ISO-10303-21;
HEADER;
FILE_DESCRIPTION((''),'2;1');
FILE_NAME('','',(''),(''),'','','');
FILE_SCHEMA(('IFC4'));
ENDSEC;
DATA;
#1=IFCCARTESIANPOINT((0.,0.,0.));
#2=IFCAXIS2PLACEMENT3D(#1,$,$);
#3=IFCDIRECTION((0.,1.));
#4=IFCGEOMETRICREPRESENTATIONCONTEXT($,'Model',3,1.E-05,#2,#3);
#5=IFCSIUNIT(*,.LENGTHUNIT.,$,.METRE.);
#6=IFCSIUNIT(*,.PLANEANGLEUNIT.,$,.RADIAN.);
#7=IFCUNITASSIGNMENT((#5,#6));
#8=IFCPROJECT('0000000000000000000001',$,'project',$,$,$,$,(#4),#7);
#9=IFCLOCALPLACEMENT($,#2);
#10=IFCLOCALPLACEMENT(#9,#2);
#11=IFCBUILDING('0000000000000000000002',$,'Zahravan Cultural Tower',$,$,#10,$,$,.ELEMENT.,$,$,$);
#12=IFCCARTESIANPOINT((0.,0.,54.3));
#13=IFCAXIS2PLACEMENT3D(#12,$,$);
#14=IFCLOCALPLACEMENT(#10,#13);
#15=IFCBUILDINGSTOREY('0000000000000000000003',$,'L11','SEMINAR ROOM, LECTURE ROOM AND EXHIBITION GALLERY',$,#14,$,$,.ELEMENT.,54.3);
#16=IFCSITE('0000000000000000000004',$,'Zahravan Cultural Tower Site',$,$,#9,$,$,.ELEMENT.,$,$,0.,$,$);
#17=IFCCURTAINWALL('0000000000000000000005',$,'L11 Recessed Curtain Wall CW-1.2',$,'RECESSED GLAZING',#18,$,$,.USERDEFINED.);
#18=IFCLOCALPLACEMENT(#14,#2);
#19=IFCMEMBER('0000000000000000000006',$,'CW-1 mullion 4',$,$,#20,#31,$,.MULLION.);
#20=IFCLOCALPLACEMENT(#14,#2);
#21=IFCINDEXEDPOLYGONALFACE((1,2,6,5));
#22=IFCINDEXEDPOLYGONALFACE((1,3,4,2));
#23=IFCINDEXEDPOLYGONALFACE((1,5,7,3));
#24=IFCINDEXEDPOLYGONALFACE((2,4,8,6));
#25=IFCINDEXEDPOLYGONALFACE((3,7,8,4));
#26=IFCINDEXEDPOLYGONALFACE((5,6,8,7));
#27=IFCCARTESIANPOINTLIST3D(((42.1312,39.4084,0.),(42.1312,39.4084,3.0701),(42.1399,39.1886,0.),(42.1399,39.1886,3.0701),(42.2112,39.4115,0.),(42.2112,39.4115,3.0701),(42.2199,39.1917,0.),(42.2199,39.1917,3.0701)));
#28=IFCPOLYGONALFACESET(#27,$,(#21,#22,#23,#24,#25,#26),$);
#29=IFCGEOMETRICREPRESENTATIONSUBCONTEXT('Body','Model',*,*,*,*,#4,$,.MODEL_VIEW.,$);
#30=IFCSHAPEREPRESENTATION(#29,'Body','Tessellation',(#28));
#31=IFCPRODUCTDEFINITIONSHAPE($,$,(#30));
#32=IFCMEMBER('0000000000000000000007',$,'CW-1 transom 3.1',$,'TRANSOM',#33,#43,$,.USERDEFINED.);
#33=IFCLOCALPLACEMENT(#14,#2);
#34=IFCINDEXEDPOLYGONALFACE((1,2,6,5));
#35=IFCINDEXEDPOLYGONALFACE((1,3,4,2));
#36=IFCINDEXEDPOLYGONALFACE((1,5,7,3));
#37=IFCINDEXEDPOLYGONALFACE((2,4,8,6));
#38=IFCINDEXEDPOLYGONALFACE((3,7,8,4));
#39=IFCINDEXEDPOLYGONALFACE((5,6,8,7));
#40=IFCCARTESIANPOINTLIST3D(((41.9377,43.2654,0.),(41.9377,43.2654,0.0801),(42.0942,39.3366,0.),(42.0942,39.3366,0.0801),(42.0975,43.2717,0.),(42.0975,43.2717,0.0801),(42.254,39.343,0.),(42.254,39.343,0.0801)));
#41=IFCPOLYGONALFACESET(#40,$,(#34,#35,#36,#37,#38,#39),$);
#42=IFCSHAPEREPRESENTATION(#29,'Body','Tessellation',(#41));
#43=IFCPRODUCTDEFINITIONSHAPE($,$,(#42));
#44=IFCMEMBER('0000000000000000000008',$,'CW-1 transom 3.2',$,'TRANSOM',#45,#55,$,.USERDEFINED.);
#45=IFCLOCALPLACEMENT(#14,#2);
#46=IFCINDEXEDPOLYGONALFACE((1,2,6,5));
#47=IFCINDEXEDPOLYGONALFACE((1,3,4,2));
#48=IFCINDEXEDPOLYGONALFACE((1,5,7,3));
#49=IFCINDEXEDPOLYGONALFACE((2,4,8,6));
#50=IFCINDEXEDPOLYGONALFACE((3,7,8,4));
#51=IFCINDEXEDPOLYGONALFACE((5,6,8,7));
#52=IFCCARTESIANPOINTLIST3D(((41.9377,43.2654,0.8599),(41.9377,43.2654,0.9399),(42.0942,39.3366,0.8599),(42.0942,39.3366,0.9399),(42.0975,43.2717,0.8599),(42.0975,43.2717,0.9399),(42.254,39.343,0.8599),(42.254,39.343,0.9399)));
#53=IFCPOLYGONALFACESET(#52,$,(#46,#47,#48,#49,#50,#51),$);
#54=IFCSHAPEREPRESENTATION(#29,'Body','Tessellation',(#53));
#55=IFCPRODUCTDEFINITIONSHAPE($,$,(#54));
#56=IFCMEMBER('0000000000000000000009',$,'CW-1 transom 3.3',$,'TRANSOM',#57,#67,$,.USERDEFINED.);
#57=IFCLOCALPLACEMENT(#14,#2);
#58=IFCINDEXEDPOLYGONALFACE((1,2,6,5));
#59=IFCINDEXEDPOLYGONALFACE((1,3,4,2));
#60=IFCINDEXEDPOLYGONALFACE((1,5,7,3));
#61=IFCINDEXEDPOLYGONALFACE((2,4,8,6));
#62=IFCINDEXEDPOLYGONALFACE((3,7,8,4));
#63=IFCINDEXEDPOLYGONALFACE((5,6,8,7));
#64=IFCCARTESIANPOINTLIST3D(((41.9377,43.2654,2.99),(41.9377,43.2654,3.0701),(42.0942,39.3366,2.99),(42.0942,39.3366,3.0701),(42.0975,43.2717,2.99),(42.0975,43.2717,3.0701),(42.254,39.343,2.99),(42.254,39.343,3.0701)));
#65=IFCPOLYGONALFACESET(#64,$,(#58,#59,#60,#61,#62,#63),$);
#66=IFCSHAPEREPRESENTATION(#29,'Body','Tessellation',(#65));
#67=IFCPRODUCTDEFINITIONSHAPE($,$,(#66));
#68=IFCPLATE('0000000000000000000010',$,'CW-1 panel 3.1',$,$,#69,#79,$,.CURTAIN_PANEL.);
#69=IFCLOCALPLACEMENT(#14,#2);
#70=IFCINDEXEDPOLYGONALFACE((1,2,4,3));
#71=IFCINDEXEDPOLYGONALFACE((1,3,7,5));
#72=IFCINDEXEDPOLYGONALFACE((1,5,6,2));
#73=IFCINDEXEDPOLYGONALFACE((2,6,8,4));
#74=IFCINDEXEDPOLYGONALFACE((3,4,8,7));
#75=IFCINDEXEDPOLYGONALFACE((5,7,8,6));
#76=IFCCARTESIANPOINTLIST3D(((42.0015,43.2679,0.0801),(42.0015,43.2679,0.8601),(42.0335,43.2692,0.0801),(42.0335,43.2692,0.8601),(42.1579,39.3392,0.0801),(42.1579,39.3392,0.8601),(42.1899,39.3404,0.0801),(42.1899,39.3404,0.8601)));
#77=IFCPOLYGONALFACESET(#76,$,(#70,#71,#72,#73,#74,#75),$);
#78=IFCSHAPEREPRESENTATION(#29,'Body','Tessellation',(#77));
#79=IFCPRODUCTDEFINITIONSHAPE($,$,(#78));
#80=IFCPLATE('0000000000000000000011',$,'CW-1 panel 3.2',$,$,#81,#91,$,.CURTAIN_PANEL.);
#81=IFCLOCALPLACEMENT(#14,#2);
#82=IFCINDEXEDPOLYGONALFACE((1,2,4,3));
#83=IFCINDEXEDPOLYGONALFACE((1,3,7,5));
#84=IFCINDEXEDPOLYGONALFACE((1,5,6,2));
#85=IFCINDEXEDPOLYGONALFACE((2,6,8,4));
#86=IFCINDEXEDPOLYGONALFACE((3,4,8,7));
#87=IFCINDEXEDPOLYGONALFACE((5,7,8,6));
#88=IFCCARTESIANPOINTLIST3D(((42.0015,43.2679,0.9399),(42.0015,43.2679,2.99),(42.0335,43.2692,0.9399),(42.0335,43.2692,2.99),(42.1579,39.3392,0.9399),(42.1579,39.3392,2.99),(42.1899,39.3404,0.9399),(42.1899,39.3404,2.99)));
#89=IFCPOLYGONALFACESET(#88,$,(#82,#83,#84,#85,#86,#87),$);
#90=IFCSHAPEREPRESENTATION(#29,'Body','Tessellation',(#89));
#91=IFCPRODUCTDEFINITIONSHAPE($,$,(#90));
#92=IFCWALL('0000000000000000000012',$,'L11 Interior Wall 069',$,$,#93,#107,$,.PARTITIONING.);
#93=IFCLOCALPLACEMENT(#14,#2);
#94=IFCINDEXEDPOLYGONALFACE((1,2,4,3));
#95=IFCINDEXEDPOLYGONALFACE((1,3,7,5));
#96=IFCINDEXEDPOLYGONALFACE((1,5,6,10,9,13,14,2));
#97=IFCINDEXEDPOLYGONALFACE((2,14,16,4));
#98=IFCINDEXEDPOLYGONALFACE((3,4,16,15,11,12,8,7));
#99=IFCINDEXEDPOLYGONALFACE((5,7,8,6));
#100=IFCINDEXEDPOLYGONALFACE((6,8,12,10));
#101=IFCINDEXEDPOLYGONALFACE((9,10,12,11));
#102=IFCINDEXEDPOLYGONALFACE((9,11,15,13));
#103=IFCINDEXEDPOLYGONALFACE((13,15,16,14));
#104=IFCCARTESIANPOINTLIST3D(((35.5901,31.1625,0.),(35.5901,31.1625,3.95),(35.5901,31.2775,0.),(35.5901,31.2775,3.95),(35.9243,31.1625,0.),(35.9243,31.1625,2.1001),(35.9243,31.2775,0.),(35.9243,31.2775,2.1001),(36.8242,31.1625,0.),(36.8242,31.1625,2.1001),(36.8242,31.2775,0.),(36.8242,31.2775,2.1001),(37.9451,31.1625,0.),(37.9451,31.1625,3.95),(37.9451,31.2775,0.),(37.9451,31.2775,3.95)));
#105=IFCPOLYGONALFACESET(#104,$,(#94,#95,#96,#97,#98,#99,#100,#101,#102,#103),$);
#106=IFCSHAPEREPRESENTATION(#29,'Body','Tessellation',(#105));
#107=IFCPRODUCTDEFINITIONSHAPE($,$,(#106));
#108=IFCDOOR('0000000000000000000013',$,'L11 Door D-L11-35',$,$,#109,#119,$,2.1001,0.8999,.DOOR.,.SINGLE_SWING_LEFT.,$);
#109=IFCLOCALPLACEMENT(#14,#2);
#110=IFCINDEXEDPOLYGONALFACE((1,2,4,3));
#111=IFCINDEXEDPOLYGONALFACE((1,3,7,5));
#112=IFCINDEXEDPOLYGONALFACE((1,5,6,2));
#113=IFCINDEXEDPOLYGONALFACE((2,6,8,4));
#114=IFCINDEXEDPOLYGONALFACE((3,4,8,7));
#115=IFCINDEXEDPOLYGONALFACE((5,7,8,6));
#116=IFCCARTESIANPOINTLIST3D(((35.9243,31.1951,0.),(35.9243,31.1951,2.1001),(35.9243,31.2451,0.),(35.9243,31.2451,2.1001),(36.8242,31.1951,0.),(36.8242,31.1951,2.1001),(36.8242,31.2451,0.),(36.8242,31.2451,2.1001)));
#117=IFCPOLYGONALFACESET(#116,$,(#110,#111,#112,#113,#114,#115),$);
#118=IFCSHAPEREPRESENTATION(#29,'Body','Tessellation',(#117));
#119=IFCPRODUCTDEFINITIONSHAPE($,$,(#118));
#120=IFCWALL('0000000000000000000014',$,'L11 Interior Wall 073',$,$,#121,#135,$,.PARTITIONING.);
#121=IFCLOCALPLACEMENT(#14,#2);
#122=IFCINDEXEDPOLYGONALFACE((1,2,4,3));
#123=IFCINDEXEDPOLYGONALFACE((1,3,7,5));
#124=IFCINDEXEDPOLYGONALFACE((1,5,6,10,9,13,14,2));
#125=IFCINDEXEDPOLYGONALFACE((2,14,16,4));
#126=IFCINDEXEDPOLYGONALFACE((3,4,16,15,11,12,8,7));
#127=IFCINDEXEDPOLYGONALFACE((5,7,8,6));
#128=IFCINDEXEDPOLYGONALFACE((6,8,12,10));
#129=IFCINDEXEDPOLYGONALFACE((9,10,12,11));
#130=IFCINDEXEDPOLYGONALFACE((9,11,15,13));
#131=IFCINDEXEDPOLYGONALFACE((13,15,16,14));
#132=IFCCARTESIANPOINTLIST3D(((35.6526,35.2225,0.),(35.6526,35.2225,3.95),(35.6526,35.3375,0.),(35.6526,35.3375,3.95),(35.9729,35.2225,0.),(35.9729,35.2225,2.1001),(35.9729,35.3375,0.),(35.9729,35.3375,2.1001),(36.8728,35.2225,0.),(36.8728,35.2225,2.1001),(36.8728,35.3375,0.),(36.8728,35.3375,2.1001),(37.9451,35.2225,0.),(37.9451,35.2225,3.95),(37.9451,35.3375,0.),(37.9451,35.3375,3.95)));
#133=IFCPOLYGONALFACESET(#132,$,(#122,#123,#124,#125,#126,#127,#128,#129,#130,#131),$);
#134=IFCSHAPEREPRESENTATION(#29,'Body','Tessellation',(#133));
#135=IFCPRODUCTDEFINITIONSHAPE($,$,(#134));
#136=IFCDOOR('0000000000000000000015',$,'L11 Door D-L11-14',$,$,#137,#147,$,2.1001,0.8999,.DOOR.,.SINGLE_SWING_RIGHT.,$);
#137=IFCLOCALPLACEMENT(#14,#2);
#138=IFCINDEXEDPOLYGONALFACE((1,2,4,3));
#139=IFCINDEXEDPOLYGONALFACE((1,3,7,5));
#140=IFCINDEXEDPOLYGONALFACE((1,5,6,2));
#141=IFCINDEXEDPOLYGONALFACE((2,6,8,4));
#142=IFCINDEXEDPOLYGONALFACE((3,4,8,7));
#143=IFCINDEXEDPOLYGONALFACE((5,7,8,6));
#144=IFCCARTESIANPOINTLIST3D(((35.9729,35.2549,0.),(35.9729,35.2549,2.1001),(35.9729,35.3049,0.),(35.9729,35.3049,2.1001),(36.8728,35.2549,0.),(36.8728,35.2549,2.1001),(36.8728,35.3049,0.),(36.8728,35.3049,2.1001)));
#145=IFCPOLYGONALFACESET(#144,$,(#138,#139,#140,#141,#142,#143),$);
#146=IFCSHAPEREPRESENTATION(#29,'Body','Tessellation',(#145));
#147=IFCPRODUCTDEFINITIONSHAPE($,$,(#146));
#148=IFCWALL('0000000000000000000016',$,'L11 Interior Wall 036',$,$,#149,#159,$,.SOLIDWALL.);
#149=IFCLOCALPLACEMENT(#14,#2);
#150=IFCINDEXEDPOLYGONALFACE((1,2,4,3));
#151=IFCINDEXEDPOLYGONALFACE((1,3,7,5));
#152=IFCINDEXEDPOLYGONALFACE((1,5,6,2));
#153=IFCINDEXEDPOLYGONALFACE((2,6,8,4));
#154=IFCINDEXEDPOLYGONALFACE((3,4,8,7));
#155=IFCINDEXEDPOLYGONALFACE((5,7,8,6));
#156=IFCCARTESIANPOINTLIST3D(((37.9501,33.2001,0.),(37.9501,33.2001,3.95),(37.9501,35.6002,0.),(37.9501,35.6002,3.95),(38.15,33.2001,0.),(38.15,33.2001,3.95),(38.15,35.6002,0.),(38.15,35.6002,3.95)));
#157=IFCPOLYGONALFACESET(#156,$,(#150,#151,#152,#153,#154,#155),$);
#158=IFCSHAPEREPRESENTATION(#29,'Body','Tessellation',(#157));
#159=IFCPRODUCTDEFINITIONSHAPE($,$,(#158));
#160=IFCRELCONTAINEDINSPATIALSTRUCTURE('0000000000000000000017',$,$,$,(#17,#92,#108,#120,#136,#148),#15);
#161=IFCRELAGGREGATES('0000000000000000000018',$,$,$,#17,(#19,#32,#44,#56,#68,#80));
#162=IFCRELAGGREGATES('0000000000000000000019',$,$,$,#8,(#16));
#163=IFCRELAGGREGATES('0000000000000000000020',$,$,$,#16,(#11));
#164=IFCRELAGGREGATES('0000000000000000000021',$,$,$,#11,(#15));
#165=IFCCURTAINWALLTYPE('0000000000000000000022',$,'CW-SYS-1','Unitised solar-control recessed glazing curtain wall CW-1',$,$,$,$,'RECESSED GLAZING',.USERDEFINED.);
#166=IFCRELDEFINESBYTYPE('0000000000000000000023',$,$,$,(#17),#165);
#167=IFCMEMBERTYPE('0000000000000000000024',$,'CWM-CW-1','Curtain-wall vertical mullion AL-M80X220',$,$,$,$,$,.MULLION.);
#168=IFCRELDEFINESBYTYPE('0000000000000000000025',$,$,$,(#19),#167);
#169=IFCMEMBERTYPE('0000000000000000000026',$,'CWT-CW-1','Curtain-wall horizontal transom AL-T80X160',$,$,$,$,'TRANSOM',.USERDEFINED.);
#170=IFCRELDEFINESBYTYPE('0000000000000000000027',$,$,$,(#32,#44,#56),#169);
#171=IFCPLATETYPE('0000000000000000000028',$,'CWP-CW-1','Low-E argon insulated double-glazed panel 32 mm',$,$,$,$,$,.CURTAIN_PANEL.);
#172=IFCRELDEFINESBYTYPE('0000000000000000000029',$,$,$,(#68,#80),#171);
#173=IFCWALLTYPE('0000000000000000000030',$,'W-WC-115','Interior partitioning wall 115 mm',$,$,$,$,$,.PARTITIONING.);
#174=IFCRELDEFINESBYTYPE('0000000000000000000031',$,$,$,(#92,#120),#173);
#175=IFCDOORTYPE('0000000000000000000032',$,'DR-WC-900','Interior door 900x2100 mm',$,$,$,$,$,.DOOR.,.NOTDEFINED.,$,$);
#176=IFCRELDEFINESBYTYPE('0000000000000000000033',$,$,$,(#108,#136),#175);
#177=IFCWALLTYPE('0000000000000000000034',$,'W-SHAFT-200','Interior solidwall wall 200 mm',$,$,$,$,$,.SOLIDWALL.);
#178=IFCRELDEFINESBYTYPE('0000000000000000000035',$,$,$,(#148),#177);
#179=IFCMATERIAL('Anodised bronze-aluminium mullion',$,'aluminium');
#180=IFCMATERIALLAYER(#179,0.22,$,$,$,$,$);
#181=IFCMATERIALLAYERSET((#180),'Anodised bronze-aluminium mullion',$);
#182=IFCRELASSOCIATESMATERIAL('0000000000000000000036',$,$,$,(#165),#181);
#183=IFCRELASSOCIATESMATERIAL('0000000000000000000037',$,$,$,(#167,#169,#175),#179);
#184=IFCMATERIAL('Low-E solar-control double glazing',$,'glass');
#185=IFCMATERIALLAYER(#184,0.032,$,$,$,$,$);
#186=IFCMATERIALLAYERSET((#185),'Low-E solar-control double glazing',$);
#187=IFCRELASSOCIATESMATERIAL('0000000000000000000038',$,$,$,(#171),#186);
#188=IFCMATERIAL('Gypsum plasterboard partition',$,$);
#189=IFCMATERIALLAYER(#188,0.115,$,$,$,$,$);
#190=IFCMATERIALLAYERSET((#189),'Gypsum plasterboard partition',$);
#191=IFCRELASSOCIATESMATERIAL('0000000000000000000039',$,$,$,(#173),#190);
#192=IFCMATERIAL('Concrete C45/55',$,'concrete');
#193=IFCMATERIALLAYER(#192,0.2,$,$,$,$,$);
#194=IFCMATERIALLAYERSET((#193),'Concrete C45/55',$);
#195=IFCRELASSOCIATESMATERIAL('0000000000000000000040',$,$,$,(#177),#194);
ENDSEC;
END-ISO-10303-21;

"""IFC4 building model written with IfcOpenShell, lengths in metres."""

from ifc_helpers import new_model, si_unit, direction, frame, frame_2d, origin, origin_2d, place, context, subcontext, project, spatial, rectangle, extrude, source, transform, mapped, material, layer, layer_set, material_profile, profile_set, type_object, element, fill, aggregate, save


model = new_model("IFC4")

# Units and contexts
model_context = context("Model", 3, precision=1e-05, world=origin(), true_north=direction((0.0, 1.0)))
body_context = subcontext(model_context, "Body", "Model", "MODEL_VIEW")
ifc_project = project(units=[si_unit("LENGTHUNIT", "METRE"), si_unit("PLANEANGLEUNIT", "RADIAN")], contexts=[model_context])

# Site, building, storey
site_placement = place(None, origin())
site = spatial("IfcSite", under=ifc_project, at=site_placement, Name="Zahravan Cultural Tower Site", CompositionType="ELEMENT", RefElevation=0.0)
building_placement = place(site_placement, origin())
building = spatial("IfcBuilding", under=site, at=building_placement, Name="Zahravan Cultural Tower", CompositionType="ELEMENT")
storey_placement = place(building_placement, frame((0.0, 0.0, 54.3)))
storey = spatial("IfcBuildingStorey", under=building, at=storey_placement, Name="L11", Description="SEMINAR ROOM, LECTURE ROOM AND EXHIBITION GALLERY", CompositionType="ELEMENT", Elevation=54.3)

# Curtain wall, members, plates
ifc_material_1 = material(Name="Anodised bronze-aluminium mullion", Category="aluminium")
ifc_layer_1 = layer(ifc_material_1, 0.22)
ifc_layer_set_1 = layer_set([ifc_layer_1], Name="Anodised bronze-aluminium mullion")
curtain_wall_type = type_object("IfcCurtainWallType", Name="CW-SYS-1", Description="Unitised solar-control recessed glazing curtain wall CW-1", ElementType="RECESSED GLAZING", PredefinedType="USERDEFINED", material=ifc_layer_set_1)
curtain_wall_placement = place(storey_placement, origin())
curtain_wall = element("IfcCurtainWall", 1, at=curtain_wall_placement, inside=storey, type_object=curtain_wall_type, Name="L11 Recessed Curtain Wall CW-1.2", ObjectType="RECESSED GLAZING", PredefinedType="USERDEFINED")
ifc_material_profile_1 = material_profile(ifc_material_1, rectangle(XDim=0.0801, YDim=0.22, at=origin_2d()), Name="AL-M80X220")
ifc_profile_set_1 = profile_set([ifc_material_profile_1], Name="Anodised bronze-aluminium mullion")
member_type_1 = type_object("IfcMemberType", Name="CWM-CW-1", Description="Curtain-wall vertical mullion AL-M80X220", PredefinedType="MULLION", material=ifc_profile_set_1)
shared_shape_1 = source(origin(), body_context, "Body", "SweptSolid", [
    extrude(rectangle(XDim=0.0801, YDim=0.22, at=origin_2d()), origin(), (0.0, 0.0, 1.0), 3.0701),
])
member_1_placement = place(storey_placement, frame((42.1755, 39.3, 0.0), z_axis=(0.0, 0.0, 1.0), x_axis=(0.999208, 0.039785, 0.0)))
member_1 = element("IfcMember", 2, at=member_1_placement, type_object=member_type_1, Name="CW-1 mullion 4", PredefinedType="MULLION", context=body_context, shape_type="MappedRepresentation", body=[
    mapped(shared_shape_1, transform((0.0, 0.0, 0.0), x_axis=(1.0, 0.0, 0.0), y_axis=(0.0, 1.0, 0.0), z_axis=(0.0, 0.0, 1.0), scale=1.0)),
])
ifc_material_profile_2 = material_profile(ifc_material_1, rectangle(XDim=0.1599, YDim=0.0801, at=origin_2d()), Name="AL-T80X160")
ifc_profile_set_2 = profile_set([ifc_material_profile_2], Name="Anodised bronze-aluminium mullion")
member_type_2 = type_object("IfcMemberType", Name="CWT-CW-1", Description="Curtain-wall horizontal transom AL-T80X160", ElementType="TRANSOM", PredefinedType="USERDEFINED", material=ifc_profile_set_2)
shared_shape_2 = source(origin(), body_context, "Body", "SweptSolid", [
    extrude(rectangle(XDim=0.1599, YDim=0.0801, at=origin_2d()), origin(), (0.0, 0.0, 1.0), 3.9319),
])
member_2_placement = place(storey_placement, frame((42.0176, 43.2686, 0.04), z_axis=(0.039802, -0.999208, 0.0), x_axis=(0.999208, 0.039802, 0.0)))
member_2 = element("IfcMember", 3, at=member_2_placement, type_object=member_type_2, Name="CW-1 transom 3.1", ObjectType="TRANSOM", PredefinedType="USERDEFINED", context=body_context, shape_type="MappedRepresentation", body=[
    mapped(shared_shape_2, transform((0.0, 0.0, 0.0), x_axis=(1.0, 0.0, 0.0), y_axis=(0.0, 1.0, 0.0), z_axis=(0.0, 0.0, 1.0), scale=1.0)),
])
member_3_placement = place(storey_placement, frame((42.0176, 43.2686, 0.8999), z_axis=(0.039802, -0.999208, 0.0), x_axis=(0.999208, 0.039802, 0.0)))
member_3 = element("IfcMember", 4, at=member_3_placement, type_object=member_type_2, Name="CW-1 transom 3.2", ObjectType="TRANSOM", PredefinedType="USERDEFINED", context=body_context, shape_type="MappedRepresentation", body=[
    mapped(shared_shape_2, transform((0.0, 0.0, 0.0), x_axis=(1.0, 0.0, 0.0), y_axis=(0.0, 1.0, 0.0), z_axis=(0.0, 0.0, 1.0), scale=1.0)),
])
member_4_placement = place(storey_placement, frame((42.0176, 43.2686, 3.03), z_axis=(0.039802, -0.999208, 0.0), x_axis=(0.999208, 0.039802, 0.0)))
member_4 = element("IfcMember", 5, at=member_4_placement, type_object=member_type_2, Name="CW-1 transom 3.3", ObjectType="TRANSOM", PredefinedType="USERDEFINED", context=body_context, shape_type="MappedRepresentation", body=[
    mapped(shared_shape_2, transform((0.0, 0.0, 0.0), x_axis=(1.0, 0.0, 0.0), y_axis=(0.0, 1.0, 0.0), z_axis=(0.0, 0.0, 1.0), scale=1.0)),
])
ifc_material_2 = material(Name="Low-E solar-control double glazing", Category="glass")
ifc_layer_2 = layer(ifc_material_2, 0.032)
ifc_layer_set_2 = layer_set([ifc_layer_2], Name="Low-E solar-control double glazing")
plate_type = type_object("IfcPlateType", Name="CWP-CW-1", Description="Low-E argon insulated double-glazed panel 32 mm", PredefinedType="CURTAIN_PANEL", material=ifc_layer_set_2)
shared_shape_3 = source(origin(), body_context, "Body", "SweptSolid", [
    extrude(rectangle(XDim=3.9319, YDim=0.032, at=origin_2d()), origin(), (0.0, 0.0, 1.0), 0.78),
])
plate_1_placement = place(storey_placement, frame((42.0957, 41.3042, 0.0801), z_axis=(0.0, 0.0, 1.0), x_axis=(0.039785, -0.999208, 0.0)))
plate_1 = element("IfcPlate", 6, at=plate_1_placement, type_object=plate_type, Name="CW-1 panel 3.1", PredefinedType="CURTAIN_PANEL", context=body_context, shape_type="MappedRepresentation", body=[
    mapped(shared_shape_3, transform((0.0, 0.0, 0.0), x_axis=(1.0, 0.0, 0.0), y_axis=(0.0, 1.0, 0.0), z_axis=(0.0, 0.0, 1.0), scale=1.0)),
])
shared_shape_4 = source(origin(), body_context, "Body", "SweptSolid", [
    extrude(rectangle(XDim=3.9319, YDim=0.032, at=origin_2d()), origin(), (0.0, 0.0, 1.0), 2.05),
])
plate_2_placement = place(storey_placement, frame((42.0957, 41.3042, 0.9399), z_axis=(0.0, 0.0, 1.0), x_axis=(0.039785, -0.999208, 0.0)))
plate_2 = element("IfcPlate", 7, at=plate_2_placement, type_object=plate_type, Name="CW-1 panel 3.2", PredefinedType="CURTAIN_PANEL", context=body_context, shape_type="MappedRepresentation", body=[
    mapped(shared_shape_4, transform((0.0, 0.0, 0.0), x_axis=(1.0, 0.0, 0.0), y_axis=(0.0, 1.0, 0.0), z_axis=(0.0, 0.0, 1.0), scale=1.0)),
])
aggregate(curtain_wall, [member_1, member_2, member_3, member_4, plate_1, plate_2])

# Walls, openings, doors
ifc_material_3 = material(Name="Gypsum plasterboard partition")
ifc_layer_3 = layer(ifc_material_3, 0.115)
ifc_layer_set_3 = layer_set([ifc_layer_3], Name="Gypsum plasterboard partition")
wall_type_1 = type_object("IfcWallType", Name="W-WC-115", Description="Interior partitioning wall 115 mm", PredefinedType="PARTITIONING", material=ifc_layer_set_3)
wall_1_placement = place(storey_placement, frame((37.9451, 31.22, 0.0), z_axis=(0.0, 0.0, 1.0), x_axis=(-1.0, 0.0, 0.0)))
wall_1 = element("IfcWall", 8, at=wall_1_placement, inside=storey, type_object=wall_type_1, Name="L11 Interior Wall 069", PredefinedType="PARTITIONING", context=body_context, shape_type="SweptSolid", body=[
    extrude(rectangle(XDim=2.355, YDim=0.115, at=frame_2d((1.1775, 0.0))), origin(), (0.0, 0.0, 1.0), 3.95),
])
opening_1_placement = place(wall_1_placement, frame((1.1208, 0.0, 0.0)))
opening_1 = element("IfcOpeningElement", 9, at=opening_1_placement, cuts=wall_1, PredefinedType="OPENING", context=body_context, shape_type="SweptSolid", body=[
    extrude(rectangle(XDim=0.8999, YDim=2.1001, at=frame_2d((0.45, 1.05))), frame((0.0, 0.0674, 0.0), z_axis=(0.0, -1.0, 0.0), x_axis=(1.0, 0.0, 0.0)), (0.0, 0.0, 1.0), 0.135),
])
door_type_1 = type_object("IfcDoorType", Name="DR-WC-900", Description="Interior door 900x2100 mm", OperationType="NOTDEFINED", PredefinedType="DOOR", material=ifc_material_1)
shared_shape_5 = source(origin(), body_context, "Body", "SweptSolid", [
    extrude(rectangle(XDim=0.8999, YDim=2.1001, at=frame_2d((0.45, 1.05))), frame((0.0, 0.0249, 0.0), z_axis=(0.0, -1.0, 0.0), x_axis=(1.0, 0.0, 0.0)), (0.0, 0.0, 1.0), 0.05),
])
door_1_placement = place(opening_1_placement, origin())
door_1 = element("IfcDoor", 10, at=door_1_placement, inside=storey, type_object=door_type_1, Name="L11 Door D-L11-35", OperationType="SINGLE_SWING_LEFT", OverallHeight=2.1001, OverallWidth=0.8999, PredefinedType="DOOR", context=body_context, shape_type="MappedRepresentation", body=[
    mapped(shared_shape_5, transform((0.0, 0.0, 0.0), x_axis=(1.0, 0.0, 0.0), y_axis=(0.0, 1.0, 0.0), z_axis=(0.0, 0.0, 1.0), scale=1.0)),
])
fill(opening_1, door_1)
wall_2_placement = place(storey_placement, frame((35.6526, 35.28, 0.0), z_axis=(0.0, 0.0, 1.0), x_axis=(1.0, 0.0, 0.0)))
wall_2 = element("IfcWall", 11, at=wall_2_placement, inside=storey, type_object=wall_type_1, Name="L11 Interior Wall 073", PredefinedType="PARTITIONING", context=body_context, shape_type="SweptSolid", body=[
    extrude(rectangle(XDim=2.2925, YDim=0.115, at=frame_2d((1.1462, 0.0))), origin(), (0.0, 0.0, 1.0), 3.95),
])
opening_2_placement = place(wall_2_placement, frame((0.3203, 0.0, 0.0)))
opening_2 = element("IfcOpeningElement", 12, at=opening_2_placement, cuts=wall_2, PredefinedType="OPENING", context=body_context, shape_type="SweptSolid", body=[
    extrude(rectangle(XDim=0.8999, YDim=2.1001, at=frame_2d((0.45, 1.05))), frame((0.0, 0.0674, 0.0), z_axis=(0.0, -1.0, 0.0), x_axis=(1.0, 0.0, 0.0)), (0.0, 0.0, 1.0), 0.135),
])
door_2_placement = place(opening_2_placement, origin())
door_2 = element("IfcDoor", 13, at=door_2_placement, inside=storey, type_object=door_type_1, Name="L11 Door D-L11-14", OperationType="SINGLE_SWING_RIGHT", OverallHeight=2.1001, OverallWidth=0.8999, PredefinedType="DOOR", context=body_context, shape_type="MappedRepresentation", body=[
    mapped(shared_shape_5, transform((0.0, 0.0, 0.0), x_axis=(1.0, 0.0, 0.0), y_axis=(0.0, 1.0, 0.0), z_axis=(0.0, 0.0, 1.0), scale=1.0)),
])
fill(opening_2, door_2)

# Wall
ifc_material_4 = material(Name="Concrete C45/55", Category="concrete")
ifc_layer_4 = layer(ifc_material_4, 0.2)
ifc_layer_set_4 = layer_set([ifc_layer_4], Name="Concrete C45/55")
wall_type_2 = type_object("IfcWallType", Name="W-SHAFT-200", Description="Interior solidwall wall 200 mm", PredefinedType="SOLIDWALL", material=ifc_layer_set_4)
shared_shape_6 = source(origin(), body_context, "Body", "SweptSolid", [
    extrude(rectangle(XDim=2.4001, YDim=0.2, at=frame_2d((1.2002, 0.0))), origin(), (0.0, 0.0, 1.0), 3.95),
])
for number, where, z_axis, x_axis, name in (
    (14, (38.05, 33.2, 0.0), (0.0, 0.0, 1.0), (0.0, 1.0, 0.0), "L11 Interior Wall 036"),
):
    element("IfcWall", number, at=place(storey_placement, frame(where, z_axis=z_axis, x_axis=x_axis)), inside=storey, type_object=wall_type_2, Name=name, PredefinedType="SOLIDWALL", context=body_context, shape_type="MappedRepresentation", body=[
        mapped(shared_shape_6, transform((0.0, 0.0, 0.0), x_axis=(1.0, 0.0, 0.0), y_axis=(0.0, 1.0, 0.0), z_axis=(0.0, 0.0, 1.0), scale=1.0)),
    ])

save(model, "model.ifc")
